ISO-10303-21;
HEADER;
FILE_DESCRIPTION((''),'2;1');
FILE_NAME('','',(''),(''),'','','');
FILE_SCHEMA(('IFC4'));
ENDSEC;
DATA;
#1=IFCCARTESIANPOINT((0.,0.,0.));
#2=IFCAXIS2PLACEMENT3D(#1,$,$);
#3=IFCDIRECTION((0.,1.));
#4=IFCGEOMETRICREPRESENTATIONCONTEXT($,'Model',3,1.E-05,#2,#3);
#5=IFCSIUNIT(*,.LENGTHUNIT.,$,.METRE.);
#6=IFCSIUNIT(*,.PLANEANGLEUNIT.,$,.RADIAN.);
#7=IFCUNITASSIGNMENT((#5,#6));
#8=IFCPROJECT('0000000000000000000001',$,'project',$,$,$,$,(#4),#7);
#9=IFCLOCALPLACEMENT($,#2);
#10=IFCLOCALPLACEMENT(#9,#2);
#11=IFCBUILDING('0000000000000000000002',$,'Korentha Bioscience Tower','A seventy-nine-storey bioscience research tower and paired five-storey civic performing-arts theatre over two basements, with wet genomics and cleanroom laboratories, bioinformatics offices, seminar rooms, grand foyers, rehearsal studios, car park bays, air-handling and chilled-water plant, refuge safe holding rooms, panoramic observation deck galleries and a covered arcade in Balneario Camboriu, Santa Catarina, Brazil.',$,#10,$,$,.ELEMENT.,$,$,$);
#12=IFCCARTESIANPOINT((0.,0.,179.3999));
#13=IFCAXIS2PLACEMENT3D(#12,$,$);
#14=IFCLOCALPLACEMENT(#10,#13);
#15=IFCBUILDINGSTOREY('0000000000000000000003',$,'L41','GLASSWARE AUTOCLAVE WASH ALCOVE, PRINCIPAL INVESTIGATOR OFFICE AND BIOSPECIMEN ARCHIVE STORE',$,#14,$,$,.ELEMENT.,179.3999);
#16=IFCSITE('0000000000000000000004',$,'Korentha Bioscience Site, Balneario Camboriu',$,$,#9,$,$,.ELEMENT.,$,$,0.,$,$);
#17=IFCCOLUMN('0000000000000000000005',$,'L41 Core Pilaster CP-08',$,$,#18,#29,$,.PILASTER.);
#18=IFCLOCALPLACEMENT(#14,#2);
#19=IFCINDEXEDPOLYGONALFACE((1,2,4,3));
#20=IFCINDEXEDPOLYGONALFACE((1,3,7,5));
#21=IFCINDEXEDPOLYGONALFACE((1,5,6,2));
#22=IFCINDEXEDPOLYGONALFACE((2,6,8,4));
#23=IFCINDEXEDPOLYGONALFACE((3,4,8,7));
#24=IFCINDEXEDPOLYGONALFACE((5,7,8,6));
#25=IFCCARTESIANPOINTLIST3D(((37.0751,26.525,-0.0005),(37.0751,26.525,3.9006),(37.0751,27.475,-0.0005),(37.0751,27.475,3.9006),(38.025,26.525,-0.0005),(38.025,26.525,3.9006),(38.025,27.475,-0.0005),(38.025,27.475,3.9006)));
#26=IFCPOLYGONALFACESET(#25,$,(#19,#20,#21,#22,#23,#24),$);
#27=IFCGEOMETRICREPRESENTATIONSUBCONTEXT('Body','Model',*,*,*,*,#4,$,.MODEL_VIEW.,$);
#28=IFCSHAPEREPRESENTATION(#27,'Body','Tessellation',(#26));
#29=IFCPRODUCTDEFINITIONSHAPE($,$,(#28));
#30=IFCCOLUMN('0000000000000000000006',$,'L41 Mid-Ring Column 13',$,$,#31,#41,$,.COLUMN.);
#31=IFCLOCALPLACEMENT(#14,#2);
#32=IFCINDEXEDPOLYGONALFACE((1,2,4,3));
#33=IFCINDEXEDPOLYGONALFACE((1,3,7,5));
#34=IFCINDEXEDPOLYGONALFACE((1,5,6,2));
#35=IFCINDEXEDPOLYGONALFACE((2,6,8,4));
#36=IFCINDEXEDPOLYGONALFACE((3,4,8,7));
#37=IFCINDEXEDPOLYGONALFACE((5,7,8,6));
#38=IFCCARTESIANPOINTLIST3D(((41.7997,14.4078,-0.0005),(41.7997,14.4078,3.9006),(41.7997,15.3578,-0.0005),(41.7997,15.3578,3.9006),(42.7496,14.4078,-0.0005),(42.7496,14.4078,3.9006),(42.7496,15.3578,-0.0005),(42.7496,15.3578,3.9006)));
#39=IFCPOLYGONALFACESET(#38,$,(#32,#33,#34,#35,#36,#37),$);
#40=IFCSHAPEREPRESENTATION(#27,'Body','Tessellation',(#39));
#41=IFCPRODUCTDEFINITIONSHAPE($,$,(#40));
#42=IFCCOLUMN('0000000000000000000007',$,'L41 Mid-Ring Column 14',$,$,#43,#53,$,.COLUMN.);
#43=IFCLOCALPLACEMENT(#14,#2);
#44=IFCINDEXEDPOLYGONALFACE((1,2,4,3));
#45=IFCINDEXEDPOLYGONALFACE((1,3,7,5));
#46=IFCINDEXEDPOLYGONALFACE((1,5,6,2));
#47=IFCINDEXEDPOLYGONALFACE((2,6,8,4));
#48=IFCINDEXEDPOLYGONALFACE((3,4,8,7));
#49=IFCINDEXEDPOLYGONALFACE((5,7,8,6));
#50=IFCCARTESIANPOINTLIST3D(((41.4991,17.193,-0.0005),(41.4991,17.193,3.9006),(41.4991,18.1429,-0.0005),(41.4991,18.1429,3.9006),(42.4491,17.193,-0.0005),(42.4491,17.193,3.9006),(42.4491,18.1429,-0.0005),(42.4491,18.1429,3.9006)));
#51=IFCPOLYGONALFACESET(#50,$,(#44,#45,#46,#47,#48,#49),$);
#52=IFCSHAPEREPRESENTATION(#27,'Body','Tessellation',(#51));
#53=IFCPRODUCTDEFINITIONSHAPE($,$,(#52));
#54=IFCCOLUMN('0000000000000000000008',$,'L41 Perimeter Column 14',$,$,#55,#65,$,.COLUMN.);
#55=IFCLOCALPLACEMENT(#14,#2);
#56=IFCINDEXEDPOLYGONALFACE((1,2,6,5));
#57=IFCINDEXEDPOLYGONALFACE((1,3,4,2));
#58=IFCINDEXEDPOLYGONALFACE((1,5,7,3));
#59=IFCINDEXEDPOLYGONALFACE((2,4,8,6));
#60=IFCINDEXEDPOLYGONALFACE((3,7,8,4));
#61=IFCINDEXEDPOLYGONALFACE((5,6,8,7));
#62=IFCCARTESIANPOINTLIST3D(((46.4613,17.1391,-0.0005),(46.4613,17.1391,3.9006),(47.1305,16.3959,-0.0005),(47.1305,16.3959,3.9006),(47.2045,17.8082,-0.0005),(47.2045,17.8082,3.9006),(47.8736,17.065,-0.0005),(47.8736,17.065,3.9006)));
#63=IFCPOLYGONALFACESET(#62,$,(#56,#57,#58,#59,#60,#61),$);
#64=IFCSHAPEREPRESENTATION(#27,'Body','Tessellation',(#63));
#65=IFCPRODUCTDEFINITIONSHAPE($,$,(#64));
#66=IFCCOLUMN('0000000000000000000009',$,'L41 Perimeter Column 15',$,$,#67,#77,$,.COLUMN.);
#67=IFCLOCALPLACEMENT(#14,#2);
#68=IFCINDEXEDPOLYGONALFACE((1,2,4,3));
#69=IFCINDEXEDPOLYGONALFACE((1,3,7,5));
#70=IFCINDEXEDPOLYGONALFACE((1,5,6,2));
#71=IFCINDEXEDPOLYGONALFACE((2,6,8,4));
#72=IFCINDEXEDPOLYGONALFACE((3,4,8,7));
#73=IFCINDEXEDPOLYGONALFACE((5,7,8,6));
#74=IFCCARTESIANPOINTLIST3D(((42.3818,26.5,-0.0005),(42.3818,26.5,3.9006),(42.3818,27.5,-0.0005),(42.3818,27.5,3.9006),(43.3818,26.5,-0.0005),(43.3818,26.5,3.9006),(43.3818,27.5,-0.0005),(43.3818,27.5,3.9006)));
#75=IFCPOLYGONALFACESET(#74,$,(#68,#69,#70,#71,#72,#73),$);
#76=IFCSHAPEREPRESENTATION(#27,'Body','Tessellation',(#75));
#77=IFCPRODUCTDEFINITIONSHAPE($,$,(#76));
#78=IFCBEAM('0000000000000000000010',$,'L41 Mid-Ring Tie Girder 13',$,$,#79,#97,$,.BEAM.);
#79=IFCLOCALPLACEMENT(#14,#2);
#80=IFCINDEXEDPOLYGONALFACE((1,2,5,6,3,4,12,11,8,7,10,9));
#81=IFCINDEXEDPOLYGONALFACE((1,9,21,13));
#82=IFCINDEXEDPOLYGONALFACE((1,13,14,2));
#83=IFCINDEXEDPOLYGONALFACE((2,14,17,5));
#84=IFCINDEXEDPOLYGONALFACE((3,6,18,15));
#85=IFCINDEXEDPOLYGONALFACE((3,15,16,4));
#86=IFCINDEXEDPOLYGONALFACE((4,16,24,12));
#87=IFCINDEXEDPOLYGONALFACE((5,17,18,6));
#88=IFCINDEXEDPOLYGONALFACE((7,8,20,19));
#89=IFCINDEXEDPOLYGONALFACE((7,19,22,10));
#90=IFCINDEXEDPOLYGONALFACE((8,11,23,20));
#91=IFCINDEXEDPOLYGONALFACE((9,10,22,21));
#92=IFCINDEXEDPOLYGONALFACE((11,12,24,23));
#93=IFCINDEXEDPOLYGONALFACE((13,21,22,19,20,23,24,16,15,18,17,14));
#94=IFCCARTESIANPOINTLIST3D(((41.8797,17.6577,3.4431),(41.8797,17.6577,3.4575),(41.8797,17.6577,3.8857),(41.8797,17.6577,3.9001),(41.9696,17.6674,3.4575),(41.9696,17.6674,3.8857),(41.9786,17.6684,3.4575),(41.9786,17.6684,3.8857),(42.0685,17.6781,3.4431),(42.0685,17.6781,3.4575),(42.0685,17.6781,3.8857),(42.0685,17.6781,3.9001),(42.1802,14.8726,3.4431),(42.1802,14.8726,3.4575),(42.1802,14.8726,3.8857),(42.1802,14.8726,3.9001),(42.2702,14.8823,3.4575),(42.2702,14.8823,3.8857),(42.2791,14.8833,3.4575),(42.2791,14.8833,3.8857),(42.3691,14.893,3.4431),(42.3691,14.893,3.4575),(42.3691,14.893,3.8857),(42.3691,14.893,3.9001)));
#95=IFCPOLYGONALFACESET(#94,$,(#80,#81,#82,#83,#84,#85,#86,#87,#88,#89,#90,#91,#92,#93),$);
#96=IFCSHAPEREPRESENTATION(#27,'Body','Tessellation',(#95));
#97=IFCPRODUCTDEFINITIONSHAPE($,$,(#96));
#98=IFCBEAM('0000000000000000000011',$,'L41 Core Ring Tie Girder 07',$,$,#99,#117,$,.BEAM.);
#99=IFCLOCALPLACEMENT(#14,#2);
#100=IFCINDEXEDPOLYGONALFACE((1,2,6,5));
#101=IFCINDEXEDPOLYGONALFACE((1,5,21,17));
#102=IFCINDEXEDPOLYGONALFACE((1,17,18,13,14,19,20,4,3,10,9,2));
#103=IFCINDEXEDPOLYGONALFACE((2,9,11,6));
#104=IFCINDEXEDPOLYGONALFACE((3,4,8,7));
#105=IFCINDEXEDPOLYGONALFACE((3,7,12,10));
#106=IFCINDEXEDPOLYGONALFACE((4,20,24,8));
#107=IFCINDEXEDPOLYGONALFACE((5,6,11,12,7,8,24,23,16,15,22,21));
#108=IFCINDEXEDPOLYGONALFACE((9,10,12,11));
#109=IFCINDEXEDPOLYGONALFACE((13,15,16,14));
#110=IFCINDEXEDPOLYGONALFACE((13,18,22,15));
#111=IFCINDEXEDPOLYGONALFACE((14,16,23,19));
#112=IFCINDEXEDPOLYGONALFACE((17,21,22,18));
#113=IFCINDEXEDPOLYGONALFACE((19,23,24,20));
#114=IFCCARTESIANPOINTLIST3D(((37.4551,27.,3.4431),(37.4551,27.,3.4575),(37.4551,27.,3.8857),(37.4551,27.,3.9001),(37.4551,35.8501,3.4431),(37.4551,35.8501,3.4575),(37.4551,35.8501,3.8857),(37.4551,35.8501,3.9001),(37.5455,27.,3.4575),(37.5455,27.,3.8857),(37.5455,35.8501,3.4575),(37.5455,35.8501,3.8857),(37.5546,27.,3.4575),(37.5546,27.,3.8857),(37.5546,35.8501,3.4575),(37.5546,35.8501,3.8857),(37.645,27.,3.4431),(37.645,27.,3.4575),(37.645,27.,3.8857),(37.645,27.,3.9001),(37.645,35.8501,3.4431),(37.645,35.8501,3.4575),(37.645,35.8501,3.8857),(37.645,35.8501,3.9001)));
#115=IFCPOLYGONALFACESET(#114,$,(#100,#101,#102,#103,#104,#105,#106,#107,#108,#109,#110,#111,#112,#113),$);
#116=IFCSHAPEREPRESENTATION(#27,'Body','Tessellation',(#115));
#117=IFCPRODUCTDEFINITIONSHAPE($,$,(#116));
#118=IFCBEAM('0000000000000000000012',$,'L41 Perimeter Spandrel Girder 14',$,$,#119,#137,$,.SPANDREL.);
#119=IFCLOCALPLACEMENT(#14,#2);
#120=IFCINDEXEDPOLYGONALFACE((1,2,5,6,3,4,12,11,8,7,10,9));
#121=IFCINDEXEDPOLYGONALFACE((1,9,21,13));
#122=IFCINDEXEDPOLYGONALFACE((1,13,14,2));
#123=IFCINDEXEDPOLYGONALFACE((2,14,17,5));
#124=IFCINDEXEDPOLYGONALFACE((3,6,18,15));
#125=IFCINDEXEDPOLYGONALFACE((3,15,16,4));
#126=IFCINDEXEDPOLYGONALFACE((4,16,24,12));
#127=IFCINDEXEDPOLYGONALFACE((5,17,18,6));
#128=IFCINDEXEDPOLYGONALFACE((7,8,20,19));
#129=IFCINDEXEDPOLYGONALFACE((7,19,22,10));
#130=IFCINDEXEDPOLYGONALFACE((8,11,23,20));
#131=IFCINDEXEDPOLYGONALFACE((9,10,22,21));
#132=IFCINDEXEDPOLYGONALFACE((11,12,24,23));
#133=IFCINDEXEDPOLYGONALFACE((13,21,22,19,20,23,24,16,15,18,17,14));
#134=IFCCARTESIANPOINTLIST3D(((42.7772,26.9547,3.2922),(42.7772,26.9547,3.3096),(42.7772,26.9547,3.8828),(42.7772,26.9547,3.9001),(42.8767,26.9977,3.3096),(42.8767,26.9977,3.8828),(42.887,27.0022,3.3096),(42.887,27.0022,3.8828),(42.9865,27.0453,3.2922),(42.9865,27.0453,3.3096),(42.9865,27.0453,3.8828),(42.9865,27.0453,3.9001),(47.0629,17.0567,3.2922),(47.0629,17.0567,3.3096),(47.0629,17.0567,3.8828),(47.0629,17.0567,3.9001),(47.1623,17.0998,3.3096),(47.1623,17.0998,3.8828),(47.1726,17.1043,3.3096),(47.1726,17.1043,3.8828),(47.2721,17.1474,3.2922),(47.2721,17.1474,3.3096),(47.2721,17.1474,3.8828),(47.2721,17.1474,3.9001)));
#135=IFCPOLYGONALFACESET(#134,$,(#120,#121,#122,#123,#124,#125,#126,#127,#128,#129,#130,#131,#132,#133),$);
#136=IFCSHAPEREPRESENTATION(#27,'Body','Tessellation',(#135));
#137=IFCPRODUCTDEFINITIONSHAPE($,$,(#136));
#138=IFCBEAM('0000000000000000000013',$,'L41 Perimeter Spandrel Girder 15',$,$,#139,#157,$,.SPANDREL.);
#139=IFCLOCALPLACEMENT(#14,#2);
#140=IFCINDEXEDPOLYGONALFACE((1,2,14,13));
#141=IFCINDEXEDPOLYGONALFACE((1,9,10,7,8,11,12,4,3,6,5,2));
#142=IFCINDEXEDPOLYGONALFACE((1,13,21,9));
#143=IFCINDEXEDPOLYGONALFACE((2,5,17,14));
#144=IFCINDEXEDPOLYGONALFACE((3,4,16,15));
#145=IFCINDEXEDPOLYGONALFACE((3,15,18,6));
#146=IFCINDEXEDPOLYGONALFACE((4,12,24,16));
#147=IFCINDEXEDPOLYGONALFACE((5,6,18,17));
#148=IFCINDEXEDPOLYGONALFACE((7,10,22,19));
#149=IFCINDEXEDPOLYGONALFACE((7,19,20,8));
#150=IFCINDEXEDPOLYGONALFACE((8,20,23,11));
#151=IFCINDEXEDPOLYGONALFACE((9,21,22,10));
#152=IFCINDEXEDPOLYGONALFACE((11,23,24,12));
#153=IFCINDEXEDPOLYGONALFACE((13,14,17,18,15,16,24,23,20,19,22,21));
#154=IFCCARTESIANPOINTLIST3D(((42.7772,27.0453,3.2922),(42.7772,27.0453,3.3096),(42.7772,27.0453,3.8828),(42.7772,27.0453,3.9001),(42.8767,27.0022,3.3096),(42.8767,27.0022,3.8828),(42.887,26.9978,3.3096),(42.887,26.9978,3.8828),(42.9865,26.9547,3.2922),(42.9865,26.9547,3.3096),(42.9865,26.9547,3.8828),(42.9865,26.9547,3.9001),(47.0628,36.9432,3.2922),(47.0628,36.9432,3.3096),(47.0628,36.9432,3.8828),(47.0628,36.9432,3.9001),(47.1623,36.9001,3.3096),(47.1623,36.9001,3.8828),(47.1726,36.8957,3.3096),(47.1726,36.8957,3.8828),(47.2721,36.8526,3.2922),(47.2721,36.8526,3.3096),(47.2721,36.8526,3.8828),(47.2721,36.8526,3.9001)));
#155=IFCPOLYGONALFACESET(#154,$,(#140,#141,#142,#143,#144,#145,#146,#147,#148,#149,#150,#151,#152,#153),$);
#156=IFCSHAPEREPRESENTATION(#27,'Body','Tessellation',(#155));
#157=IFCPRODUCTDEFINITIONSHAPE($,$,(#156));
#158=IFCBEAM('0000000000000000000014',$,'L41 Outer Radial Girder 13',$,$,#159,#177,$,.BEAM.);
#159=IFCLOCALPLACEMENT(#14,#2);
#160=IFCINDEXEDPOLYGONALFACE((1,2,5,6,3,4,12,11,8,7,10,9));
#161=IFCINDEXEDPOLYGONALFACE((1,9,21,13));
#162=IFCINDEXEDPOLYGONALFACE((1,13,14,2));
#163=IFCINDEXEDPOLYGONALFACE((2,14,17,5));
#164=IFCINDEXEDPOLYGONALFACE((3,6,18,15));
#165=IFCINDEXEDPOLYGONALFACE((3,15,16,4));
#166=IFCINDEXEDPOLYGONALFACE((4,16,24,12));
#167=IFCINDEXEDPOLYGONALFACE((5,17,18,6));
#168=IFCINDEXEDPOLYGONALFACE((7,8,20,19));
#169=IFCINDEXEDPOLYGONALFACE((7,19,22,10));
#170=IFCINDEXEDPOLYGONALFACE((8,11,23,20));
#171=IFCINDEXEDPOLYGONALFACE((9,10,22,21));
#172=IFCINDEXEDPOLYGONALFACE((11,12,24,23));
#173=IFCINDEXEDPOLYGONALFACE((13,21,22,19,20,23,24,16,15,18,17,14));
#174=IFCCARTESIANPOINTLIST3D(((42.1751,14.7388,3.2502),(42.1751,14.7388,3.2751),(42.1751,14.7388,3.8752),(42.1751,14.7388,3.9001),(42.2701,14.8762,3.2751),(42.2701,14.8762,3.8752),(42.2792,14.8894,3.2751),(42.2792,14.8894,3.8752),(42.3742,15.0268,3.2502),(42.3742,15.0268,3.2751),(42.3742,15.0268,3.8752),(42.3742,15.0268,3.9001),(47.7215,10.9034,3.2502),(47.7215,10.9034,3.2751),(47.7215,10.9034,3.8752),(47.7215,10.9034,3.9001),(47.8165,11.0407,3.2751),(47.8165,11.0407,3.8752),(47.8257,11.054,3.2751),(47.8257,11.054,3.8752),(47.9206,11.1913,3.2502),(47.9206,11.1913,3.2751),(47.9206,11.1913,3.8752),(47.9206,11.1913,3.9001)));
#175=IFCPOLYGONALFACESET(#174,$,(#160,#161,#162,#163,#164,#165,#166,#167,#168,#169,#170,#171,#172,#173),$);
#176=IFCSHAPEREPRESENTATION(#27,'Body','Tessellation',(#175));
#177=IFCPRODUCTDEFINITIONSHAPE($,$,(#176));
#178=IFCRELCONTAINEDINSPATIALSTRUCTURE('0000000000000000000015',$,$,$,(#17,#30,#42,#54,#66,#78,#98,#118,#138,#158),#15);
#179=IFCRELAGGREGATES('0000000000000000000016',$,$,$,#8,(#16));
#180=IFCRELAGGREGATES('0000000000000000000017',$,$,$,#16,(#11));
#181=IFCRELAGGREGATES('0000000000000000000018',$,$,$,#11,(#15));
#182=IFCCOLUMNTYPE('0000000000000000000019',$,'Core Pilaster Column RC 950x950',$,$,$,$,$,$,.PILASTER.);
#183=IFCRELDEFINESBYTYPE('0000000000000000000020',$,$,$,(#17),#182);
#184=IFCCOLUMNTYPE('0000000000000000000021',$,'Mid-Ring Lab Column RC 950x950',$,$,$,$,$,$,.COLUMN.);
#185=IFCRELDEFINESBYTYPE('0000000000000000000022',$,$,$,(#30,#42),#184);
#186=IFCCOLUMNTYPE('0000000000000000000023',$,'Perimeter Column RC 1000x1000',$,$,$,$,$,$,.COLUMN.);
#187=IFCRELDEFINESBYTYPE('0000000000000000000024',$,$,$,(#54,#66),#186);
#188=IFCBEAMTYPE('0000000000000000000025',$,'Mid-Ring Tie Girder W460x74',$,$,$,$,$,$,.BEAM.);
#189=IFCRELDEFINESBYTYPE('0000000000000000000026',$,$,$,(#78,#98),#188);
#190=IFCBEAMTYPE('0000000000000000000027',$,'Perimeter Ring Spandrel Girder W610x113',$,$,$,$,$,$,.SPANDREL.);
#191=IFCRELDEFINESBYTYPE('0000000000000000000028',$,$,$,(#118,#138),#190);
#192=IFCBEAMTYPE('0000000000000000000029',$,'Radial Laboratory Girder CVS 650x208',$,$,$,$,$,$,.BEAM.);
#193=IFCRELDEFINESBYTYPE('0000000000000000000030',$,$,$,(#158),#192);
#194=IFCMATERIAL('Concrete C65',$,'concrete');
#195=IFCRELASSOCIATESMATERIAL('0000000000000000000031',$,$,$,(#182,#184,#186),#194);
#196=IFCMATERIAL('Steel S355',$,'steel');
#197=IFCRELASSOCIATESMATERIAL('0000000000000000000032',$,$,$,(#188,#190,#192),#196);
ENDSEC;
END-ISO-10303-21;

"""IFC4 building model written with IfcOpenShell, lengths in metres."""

from ifc_helpers import new_model, si_unit, direction, frame, origin, origin_2d, place, context, subcontext, project, spatial, rectangle, i_section, extrude, material, material_profile, profile_set, type_object, element, save


model = new_model("IFC4")

# Units and contexts
model_context = context("Model", 3, precision=1e-05, world=origin(), true_north=direction((0.0, 1.0)))
body_context = subcontext(model_context, "Body", "Model", "MODEL_VIEW")
ifc_project = project(units=[si_unit("LENGTHUNIT", "METRE"), si_unit("PLANEANGLEUNIT", "RADIAN")], contexts=[model_context])

# Site, building, storey
site_placement = place(None, origin())
site = spatial("IfcSite", under=ifc_project, at=site_placement, Name="Korentha Bioscience Site, Balneario Camboriu", CompositionType="ELEMENT", RefElevation=0.0)
building_placement = place(site_placement, origin())
building = spatial("IfcBuilding", under=site, at=building_placement, Name="Korentha Bioscience Tower", Description="A seventy-nine-storey bioscience research tower and paired five-storey civic performing-arts theatre over two basements, with wet genomics and cleanroom laboratories, bioinformatics offices, seminar rooms, grand foyers, rehearsal studios, car park bays, air-handling and chilled-water plant, refuge safe holding rooms, panoramic observation deck galleries and a covered arcade in Balneario Camboriu, Santa Catarina, Brazil.", CompositionType="ELEMENT")
storey_placement = place(building_placement, frame((0.0, 0.0, 179.3999)))
storey = spatial("IfcBuildingStorey", under=building, at=storey_placement, Name="L41", Description="GLASSWARE AUTOCLAVE WASH ALCOVE, PRINCIPAL INVESTIGATOR OFFICE AND BIOSPECIMEN ARCHIVE STORE", CompositionType="ELEMENT", Elevation=179.3999)

# Columns
ifc_material_1 = material(Name="Concrete C65", Category="concrete")
ifc_material_profile_1 = material_profile(ifc_material_1, rectangle(XDim=0.95, YDim=0.95, at=origin_2d()), Name="Concrete C65")
ifc_profile_set_1 = profile_set([ifc_material_profile_1], Name="Concrete C65 (COL-CP09)")
column_type_1 = type_object("IfcColumnType", Name="Core Pilaster Column RC 950x950", PredefinedType="PILASTER", material=ifc_profile_set_1)
column_placement = place(storey_placement, frame((37.55, 27.0, -0.0005), z_axis=(0.0, 0.0, 1.0), x_axis=(1.0, 0.0, 0.0)))
element("IfcColumn", 1, at=column_placement, inside=storey, type_object=column_type_1, Name="L41 Core Pilaster CP-08", PredefinedType="PILASTER", context=body_context, shape_type="SweptSolid", body=[
    extrude(rectangle(XDim=0.95, YDim=0.95, at=origin_2d()), origin(), (0.0, 0.0, 1.0), 3.9011),
])
ifc_material_profile_2 = material_profile(ifc_material_1, rectangle(XDim=0.95, YDim=0.95, at=origin_2d()), Name="Concrete C65")
ifc_profile_set_2 = profile_set([ifc_material_profile_2], Name="Concrete C65 (COL-MR09)")
column_type_2 = type_object("IfcColumnType", Name="Mid-Ring Lab Column RC 950x950", PredefinedType="COLUMN", material=ifc_profile_set_2)
for number, where, z_axis, x_axis, name in (
    (2, (42.2747, 14.8828, -0.0005), (0.0, 0.0, 1.0), (1.0, 0.0, 0.0), "L41 Mid-Ring Column 13"),
    (3, (41.9741, 17.668, -0.0005), (0.0, 0.0, 1.0), (1.0, 0.0, 0.0), "L41 Mid-Ring Column 14"),
):
    element("IfcColumn", number, at=place(storey_placement, frame(where, z_axis=z_axis, x_axis=x_axis)), inside=storey, type_object=column_type_2, Name=name, PredefinedType="COLUMN", context=body_context, shape_type="SweptSolid", body=[
        extrude(rectangle(XDim=0.95, YDim=0.95, at=origin_2d()), origin(), (0.0, 0.0, 1.0), 3.9011),
    ])
ifc_material_profile_3 = material_profile(ifc_material_1, rectangle(XDim=1.0, YDim=1.0, at=origin_2d()), Name="Concrete C65")
ifc_profile_set_3 = profile_set([ifc_material_profile_3], Name="Concrete C65 (COL-P10)")
column_type_3 = type_object("IfcColumnType", Name="Perimeter Column RC 1000x1000", PredefinedType="COLUMN", material=ifc_profile_set_3)
for number, where, z_axis, x_axis, name in (
    (4, (47.1675, 17.1021, -0.0005), (0.0, 0.0, 1.0), (-0.669131, 0.743145, 0.0), "L41 Perimeter Column 14"),
    (5, (42.8818, 27.0, -0.0005), (0.0, 0.0, 1.0), (0.0, 1.0, 0.0), "L41 Perimeter Column 15"),
):
    element("IfcColumn", number, at=place(storey_placement, frame(where, z_axis=z_axis, x_axis=x_axis)), inside=storey, type_object=column_type_3, Name=name, PredefinedType="COLUMN", context=body_context, shape_type="SweptSolid", body=[
        extrude(rectangle(XDim=1.0, YDim=1.0, at=origin_2d()), origin(), (0.0, 0.0, 1.0), 3.9011),
    ])

# Beams
ifc_material_2 = material(Name="Steel S355", Category="steel")
ifc_material_profile_4 = material_profile(ifc_material_2, i_section(OverallWidth=0.1899, OverallDepth=0.457, WebThickness=0.009, FlangeThickness=0.0144, at=origin_2d()), Name="Steel S355")
ifc_profile_set_4 = profile_set([ifc_material_profile_4], Name="Steel S355 (MB-460)")
beam_type_1 = type_object("IfcBeamType", Name="Mid-Ring Tie Girder W460x74", PredefinedType="BEAM", material=ifc_profile_set_4)
beam_1_placement = place(storey_placement, frame((42.2747, 14.8828, 3.6716), z_axis=(-0.107284, 0.994228, 0.0), x_axis=(-0.994228, -0.107284, 0.0)))
element("IfcBeam", 6, at=beam_1_placement, inside=storey, type_object=beam_type_1, Name="L41 Mid-Ring Tie Girder 13", PredefinedType="BEAM", context=body_context, shape_type="SweptSolid", body=[
    extrude(i_section(OverallWidth=0.1899, OverallDepth=0.457, WebThickness=0.009, FlangeThickness=0.0144, at=origin_2d()), origin(), (0.0, 0.0, 1.0), 2.8013),
])
beam_2_placement = place(storey_placement, frame((37.55, 27.0, 3.6716), z_axis=(0.0, 1.0, 0.0), x_axis=(-1.0, 0.0, 0.0)))
element("IfcBeam", 7, at=beam_2_placement, inside=storey, type_object=beam_type_1, Name="L41 Core Ring Tie Girder 07", PredefinedType="BEAM", context=body_context, shape_type="SweptSolid", body=[
    extrude(i_section(OverallWidth=0.1899, OverallDepth=0.457, WebThickness=0.009, FlangeThickness=0.0144, at=origin_2d()), origin(), (0.0, 0.0, 1.0), 8.8501),
])
ifc_material_profile_5 = material_profile(ifc_material_2, i_section(OverallWidth=0.228, OverallDepth=0.6079, WebThickness=0.0112, FlangeThickness=0.0173, at=origin_2d()), Name="Steel S355")
ifc_profile_set_5 = profile_set([ifc_material_profile_5], Name="Steel S355 (SB-610)")
beam_type_2 = type_object("IfcBeamType", Name="Perimeter Ring Spandrel Girder W610x113", PredefinedType="SPANDREL", material=ifc_profile_set_5)
for number, where, z_axis, x_axis, name in (
    (8, (47.1675, 17.1021, 3.5962), (-0.397337, 0.917673, 0.0), (-0.917673, -0.397337, 0.0), "L41 Perimeter Spandrel Girder 14"),
    (9, (42.8818, 27.0, 3.5962), (0.397337, 0.917673, 0.0), (-0.917673, 0.397337, 0.0), "L41 Perimeter Spandrel Girder 15"),
):
    element("IfcBeam", number, at=place(storey_placement, frame(where, z_axis=z_axis, x_axis=x_axis)), inside=storey, type_object=beam_type_2, Name=name, PredefinedType="SPANDREL", context=body_context, shape_type="SweptSolid", body=[
        extrude(i_section(OverallWidth=0.228, OverallDepth=0.6079, WebThickness=0.0112, FlangeThickness=0.0173, at=origin_2d()), origin(), (0.0, 0.0, 1.0), 10.7859),
    ])
ifc_material_profile_6 = material_profile(ifc_material_2, i_section(OverallWidth=0.3501, OverallDepth=0.6499, WebThickness=0.0161, FlangeThickness=0.0249, at=origin_2d()), Name="Steel S355")
ifc_profile_set_6 = profile_set([ifc_material_profile_6], Name="Steel S355 (RB-650)")
beam_type_3 = type_object("IfcBeamType", Name="Radial Laboratory Girder CVS 650x208", PredefinedType="BEAM", material=ifc_profile_set_6)
beam_3_placement = place(storey_placement, frame((42.2747, 14.8828, 3.5752), z_axis=(0.822494, -0.568773, 0.0), x_axis=(0.568773, 0.822494, 0.0)))
element("IfcBeam", 10, at=beam_3_placement, inside=storey, type_object=beam_type_3, Name="L41 Outer Radial Girder 13", PredefinedType="BEAM", context=body_context, shape_type="SweptSolid", body=[
    extrude(i_section(OverallWidth=0.3501, OverallDepth=0.6499, WebThickness=0.0161, FlangeThickness=0.0249, at=origin_2d()), origin(), (0.0, 0.0, 1.0), 6.7434),
])

save(model, "model.ifc")
